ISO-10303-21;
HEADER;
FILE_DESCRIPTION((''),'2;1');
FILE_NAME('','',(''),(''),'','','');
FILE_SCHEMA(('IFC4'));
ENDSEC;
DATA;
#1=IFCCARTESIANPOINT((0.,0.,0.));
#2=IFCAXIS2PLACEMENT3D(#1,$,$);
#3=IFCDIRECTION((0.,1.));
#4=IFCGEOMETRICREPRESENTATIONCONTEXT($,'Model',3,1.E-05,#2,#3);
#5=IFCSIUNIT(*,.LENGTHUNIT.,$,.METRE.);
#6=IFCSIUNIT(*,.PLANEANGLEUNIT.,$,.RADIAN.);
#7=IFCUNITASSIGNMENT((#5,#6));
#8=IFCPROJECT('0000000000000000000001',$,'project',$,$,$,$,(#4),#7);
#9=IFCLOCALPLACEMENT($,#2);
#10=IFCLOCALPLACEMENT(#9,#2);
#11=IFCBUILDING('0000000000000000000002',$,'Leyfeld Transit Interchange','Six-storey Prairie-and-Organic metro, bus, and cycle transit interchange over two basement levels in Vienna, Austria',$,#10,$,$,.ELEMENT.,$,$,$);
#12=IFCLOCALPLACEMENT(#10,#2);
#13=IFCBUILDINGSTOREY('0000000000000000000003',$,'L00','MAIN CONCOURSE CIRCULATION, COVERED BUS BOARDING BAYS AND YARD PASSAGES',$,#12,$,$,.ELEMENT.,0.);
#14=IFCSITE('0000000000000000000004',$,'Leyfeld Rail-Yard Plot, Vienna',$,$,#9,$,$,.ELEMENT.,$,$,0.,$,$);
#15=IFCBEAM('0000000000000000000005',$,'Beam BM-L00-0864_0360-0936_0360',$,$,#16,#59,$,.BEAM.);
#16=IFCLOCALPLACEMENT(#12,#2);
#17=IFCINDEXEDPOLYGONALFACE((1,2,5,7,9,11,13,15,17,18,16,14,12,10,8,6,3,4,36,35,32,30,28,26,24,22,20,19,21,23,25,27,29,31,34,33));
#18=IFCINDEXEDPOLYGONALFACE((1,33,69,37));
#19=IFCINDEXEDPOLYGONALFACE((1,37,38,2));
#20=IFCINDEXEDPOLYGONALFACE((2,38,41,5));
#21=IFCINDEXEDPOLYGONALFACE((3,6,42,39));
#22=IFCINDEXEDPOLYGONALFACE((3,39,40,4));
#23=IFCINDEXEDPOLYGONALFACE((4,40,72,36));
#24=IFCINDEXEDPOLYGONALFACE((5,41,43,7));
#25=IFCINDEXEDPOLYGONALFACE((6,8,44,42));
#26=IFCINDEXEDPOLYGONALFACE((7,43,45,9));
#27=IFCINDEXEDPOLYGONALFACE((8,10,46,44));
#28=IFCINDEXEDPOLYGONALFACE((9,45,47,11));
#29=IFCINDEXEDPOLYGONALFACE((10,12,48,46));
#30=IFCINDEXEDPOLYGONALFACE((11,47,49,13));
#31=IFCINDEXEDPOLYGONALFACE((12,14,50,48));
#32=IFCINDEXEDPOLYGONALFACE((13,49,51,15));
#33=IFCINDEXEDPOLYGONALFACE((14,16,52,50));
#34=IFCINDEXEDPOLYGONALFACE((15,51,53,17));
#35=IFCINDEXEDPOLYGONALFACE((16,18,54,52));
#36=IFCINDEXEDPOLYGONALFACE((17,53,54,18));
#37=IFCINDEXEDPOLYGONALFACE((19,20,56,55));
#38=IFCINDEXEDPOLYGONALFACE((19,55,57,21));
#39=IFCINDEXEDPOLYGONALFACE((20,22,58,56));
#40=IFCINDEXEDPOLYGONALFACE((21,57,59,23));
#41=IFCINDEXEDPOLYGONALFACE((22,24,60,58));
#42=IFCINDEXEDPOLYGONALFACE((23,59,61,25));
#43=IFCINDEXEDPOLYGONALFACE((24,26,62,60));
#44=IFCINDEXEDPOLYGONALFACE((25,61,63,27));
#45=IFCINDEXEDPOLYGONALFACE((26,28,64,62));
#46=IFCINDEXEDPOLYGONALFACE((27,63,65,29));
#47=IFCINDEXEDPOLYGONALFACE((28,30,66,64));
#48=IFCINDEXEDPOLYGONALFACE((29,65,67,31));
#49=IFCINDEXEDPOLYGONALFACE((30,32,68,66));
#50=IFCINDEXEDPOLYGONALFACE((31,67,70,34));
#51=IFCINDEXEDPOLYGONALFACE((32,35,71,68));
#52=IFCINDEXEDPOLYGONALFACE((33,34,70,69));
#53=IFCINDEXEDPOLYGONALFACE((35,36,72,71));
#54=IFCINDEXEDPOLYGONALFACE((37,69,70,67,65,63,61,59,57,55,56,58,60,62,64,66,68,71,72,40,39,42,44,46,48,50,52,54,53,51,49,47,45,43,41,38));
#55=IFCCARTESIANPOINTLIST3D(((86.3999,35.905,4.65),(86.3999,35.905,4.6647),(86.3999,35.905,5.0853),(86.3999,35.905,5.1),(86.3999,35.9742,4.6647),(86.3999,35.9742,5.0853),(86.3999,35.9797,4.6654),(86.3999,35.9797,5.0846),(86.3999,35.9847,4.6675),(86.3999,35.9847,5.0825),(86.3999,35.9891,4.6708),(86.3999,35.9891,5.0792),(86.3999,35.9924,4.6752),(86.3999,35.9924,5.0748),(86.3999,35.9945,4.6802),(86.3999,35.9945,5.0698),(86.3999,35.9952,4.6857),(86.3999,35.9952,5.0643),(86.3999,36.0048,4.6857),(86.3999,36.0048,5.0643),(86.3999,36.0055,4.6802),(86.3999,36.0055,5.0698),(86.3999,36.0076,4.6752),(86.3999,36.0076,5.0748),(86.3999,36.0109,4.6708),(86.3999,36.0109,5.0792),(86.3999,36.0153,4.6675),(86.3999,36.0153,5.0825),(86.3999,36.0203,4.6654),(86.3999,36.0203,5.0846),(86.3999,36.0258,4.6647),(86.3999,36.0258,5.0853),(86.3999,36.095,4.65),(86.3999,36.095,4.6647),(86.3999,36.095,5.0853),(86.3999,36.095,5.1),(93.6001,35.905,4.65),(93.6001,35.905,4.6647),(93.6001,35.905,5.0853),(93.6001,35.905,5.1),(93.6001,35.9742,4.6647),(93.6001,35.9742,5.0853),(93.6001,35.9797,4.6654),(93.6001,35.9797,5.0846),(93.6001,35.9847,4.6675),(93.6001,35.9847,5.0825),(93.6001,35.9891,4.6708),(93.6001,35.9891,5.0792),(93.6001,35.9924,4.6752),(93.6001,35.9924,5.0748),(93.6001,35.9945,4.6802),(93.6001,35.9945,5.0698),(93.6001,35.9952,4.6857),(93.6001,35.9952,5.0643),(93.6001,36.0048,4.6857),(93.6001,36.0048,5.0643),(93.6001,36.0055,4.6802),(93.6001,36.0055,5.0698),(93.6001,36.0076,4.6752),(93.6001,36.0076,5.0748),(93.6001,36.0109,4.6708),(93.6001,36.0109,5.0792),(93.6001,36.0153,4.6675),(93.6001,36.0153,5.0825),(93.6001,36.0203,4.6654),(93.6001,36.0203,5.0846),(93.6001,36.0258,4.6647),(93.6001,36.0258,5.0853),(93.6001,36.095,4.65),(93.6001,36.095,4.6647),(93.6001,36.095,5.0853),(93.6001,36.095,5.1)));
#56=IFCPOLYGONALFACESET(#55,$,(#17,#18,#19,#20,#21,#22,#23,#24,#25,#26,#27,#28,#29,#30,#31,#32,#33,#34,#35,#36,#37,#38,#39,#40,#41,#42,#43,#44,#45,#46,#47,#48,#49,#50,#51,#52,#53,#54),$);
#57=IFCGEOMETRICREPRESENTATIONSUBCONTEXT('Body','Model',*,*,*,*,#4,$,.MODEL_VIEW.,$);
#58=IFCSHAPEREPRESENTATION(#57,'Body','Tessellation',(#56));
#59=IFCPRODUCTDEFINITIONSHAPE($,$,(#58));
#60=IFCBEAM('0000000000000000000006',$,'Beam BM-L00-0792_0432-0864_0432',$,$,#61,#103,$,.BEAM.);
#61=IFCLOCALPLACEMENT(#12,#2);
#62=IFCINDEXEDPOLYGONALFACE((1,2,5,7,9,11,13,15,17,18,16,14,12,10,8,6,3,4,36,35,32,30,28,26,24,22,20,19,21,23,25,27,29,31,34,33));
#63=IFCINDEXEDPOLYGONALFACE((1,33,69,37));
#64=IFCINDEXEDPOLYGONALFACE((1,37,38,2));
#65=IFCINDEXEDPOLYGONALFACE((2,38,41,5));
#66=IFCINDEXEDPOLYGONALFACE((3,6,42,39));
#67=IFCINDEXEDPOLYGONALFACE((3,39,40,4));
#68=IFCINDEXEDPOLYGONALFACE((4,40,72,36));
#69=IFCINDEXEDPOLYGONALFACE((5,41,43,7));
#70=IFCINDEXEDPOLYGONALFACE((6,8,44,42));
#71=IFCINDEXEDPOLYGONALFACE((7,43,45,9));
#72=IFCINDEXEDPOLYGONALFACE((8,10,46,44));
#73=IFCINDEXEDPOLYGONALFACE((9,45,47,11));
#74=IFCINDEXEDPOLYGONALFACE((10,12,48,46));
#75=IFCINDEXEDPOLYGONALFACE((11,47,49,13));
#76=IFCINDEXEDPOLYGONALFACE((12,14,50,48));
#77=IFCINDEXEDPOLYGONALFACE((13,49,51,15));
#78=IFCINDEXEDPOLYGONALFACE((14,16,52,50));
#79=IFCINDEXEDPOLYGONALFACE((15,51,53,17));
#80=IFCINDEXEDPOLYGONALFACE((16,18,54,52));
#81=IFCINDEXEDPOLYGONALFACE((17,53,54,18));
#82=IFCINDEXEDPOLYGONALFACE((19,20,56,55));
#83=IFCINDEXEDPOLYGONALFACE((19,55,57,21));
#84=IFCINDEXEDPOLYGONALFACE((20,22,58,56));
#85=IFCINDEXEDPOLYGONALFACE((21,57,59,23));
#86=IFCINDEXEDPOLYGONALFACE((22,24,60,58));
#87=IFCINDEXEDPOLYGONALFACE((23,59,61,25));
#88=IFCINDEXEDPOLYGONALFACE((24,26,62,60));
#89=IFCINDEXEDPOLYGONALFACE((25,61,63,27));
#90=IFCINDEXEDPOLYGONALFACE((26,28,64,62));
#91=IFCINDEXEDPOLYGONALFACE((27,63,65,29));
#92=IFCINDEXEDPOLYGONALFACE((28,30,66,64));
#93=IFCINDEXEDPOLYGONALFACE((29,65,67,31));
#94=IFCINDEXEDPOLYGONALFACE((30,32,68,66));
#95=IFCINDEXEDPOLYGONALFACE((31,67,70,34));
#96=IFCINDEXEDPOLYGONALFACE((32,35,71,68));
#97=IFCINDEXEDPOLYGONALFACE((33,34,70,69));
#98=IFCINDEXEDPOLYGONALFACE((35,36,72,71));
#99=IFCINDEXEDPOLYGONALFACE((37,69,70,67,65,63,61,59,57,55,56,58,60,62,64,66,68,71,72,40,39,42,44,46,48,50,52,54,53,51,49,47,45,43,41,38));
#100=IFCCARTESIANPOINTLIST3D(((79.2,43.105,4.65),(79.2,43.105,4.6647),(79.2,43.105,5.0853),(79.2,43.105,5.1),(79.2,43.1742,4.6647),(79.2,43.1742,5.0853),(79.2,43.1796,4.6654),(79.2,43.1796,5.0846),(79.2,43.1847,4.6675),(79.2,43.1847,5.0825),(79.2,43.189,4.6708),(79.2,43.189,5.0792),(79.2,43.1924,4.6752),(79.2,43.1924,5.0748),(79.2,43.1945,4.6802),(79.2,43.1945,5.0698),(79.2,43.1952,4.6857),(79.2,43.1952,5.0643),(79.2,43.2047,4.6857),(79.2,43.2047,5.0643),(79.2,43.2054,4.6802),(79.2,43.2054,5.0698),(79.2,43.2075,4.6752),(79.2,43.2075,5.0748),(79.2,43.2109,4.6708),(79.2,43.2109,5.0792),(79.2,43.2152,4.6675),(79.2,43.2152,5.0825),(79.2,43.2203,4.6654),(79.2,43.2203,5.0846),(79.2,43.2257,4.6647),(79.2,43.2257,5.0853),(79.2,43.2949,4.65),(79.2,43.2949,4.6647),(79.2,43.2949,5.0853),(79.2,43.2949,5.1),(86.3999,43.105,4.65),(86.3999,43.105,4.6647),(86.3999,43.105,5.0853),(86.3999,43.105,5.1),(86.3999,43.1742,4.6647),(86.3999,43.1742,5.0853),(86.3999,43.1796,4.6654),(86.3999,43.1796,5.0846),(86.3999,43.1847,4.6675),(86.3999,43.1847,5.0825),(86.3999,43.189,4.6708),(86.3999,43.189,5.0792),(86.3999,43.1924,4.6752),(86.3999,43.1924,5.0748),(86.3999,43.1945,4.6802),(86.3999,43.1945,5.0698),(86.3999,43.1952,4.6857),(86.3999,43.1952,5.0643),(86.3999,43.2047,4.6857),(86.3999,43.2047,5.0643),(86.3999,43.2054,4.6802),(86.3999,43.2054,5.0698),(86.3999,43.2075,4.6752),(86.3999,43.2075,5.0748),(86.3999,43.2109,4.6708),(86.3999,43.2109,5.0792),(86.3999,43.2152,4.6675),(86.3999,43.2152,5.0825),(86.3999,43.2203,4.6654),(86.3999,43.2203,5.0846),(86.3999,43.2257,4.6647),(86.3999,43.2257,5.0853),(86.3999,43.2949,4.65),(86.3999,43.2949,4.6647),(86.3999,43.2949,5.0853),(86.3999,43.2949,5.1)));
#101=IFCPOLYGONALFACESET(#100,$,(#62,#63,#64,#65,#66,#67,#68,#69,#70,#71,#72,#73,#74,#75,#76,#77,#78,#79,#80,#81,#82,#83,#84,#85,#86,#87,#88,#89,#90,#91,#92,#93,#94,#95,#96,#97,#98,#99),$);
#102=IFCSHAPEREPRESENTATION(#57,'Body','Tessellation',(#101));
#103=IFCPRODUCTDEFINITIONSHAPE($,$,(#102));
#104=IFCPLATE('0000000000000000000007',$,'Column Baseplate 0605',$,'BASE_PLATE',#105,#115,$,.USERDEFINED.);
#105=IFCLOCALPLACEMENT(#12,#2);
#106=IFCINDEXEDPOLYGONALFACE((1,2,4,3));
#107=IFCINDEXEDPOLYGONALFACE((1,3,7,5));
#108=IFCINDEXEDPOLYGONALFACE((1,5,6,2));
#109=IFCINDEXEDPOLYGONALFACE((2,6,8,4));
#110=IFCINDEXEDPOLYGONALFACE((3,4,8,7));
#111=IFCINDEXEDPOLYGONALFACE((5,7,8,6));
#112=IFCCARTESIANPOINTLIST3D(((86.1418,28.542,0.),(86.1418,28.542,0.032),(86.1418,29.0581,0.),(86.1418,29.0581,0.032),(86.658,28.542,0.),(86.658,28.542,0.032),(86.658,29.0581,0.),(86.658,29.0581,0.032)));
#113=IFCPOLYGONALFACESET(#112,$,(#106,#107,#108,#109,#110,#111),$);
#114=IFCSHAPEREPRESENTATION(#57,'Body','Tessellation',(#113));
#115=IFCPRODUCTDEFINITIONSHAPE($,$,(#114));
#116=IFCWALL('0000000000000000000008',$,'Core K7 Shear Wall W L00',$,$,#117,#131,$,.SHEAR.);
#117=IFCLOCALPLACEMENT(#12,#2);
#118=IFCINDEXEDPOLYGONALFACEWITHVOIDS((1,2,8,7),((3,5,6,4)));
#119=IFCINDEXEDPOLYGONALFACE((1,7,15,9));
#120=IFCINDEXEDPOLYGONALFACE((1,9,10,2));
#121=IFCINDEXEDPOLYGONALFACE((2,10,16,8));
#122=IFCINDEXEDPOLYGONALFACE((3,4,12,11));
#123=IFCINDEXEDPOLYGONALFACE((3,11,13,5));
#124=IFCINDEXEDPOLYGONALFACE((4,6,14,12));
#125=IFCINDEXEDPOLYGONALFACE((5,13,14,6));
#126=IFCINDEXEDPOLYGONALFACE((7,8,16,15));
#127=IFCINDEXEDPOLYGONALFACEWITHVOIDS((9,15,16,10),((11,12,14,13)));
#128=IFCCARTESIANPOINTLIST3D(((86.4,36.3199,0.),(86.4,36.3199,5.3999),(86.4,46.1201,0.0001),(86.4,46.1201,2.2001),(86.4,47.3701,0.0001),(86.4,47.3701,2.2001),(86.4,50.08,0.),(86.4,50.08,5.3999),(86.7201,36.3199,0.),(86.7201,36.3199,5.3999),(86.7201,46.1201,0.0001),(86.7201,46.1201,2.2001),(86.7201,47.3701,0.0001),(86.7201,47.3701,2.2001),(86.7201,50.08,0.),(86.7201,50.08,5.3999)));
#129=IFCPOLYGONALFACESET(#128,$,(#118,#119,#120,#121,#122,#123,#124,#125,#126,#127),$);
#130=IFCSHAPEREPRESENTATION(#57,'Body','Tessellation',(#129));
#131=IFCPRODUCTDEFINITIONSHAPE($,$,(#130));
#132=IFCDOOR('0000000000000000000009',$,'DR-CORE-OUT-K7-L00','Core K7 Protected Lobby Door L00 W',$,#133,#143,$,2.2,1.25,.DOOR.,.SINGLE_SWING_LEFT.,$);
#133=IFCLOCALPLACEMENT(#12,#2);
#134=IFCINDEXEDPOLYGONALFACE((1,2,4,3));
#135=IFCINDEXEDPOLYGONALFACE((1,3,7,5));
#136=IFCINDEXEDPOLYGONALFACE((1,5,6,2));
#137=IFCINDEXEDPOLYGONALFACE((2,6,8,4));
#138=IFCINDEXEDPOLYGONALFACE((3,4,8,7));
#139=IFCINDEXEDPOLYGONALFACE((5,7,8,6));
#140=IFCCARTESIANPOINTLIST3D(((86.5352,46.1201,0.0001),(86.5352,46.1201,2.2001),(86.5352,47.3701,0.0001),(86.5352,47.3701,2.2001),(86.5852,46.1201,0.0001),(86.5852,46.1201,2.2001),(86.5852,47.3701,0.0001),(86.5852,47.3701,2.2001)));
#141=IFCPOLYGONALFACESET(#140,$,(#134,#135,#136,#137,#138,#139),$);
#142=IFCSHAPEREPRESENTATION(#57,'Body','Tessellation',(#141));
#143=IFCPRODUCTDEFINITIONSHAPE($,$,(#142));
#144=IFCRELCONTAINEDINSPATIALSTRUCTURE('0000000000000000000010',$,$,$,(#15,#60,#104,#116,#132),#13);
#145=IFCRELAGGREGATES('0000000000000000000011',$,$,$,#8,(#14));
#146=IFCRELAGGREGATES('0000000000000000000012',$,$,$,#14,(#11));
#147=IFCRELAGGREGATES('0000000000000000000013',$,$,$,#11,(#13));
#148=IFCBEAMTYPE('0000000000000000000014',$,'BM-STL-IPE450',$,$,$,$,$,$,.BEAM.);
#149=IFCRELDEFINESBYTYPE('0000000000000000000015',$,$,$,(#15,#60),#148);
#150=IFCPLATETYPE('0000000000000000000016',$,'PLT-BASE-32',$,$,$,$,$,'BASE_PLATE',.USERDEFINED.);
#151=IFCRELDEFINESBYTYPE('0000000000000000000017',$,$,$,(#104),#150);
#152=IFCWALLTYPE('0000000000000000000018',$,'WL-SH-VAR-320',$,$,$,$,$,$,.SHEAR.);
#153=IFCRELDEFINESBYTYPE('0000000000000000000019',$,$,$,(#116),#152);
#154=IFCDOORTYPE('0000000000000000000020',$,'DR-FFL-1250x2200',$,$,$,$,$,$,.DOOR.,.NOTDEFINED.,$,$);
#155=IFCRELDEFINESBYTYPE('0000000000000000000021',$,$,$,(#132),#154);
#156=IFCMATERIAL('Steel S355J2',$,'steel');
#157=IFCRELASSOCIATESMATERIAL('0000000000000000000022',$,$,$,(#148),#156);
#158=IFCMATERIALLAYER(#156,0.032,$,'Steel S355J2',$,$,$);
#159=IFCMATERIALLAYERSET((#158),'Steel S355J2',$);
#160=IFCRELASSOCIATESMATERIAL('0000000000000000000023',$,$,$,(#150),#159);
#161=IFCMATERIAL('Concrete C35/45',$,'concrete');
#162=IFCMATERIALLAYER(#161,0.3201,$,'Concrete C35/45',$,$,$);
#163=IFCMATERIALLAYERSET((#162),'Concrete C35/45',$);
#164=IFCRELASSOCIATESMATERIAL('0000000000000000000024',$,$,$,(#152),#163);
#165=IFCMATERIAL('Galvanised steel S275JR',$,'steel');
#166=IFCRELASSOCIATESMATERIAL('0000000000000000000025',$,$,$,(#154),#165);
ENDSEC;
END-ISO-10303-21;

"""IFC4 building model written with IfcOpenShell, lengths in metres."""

from ifc_helpers import new_model, si_unit, direction, frame, frame_2d, origin, origin_2d, place, context, subcontext, project, spatial, rectangle, i_section, extrude, material, layer, layer_set, material_profile, profile_set, type_object, element, fill, save


model = new_model("IFC4")

# Units and contexts
model_context = context("Model", 3, precision=1e-05, world=origin(), true_north=direction((0.0, 1.0)))
body_context = subcontext(model_context, "Body", "Model", "MODEL_VIEW")
ifc_project = project(units=[si_unit("LENGTHUNIT", "METRE"), si_unit("PLANEANGLEUNIT", "RADIAN")], contexts=[model_context])

# Site, building, storey
site_placement = place(None, origin())
site = spatial("IfcSite", under=ifc_project, at=site_placement, Name="Leyfeld Rail-Yard Plot, Vienna", CompositionType="ELEMENT", RefElevation=0.0)
building_placement = place(site_placement, origin())
building = spatial("IfcBuilding", under=site, at=building_placement, Name="Leyfeld Transit Interchange", Description="Six-storey Prairie-and-Organic metro, bus, and cycle transit interchange over two basement levels in Vienna, Austria", CompositionType="ELEMENT")
storey_placement = place(building_placement, origin())
storey = spatial("IfcBuildingStorey", under=building, at=storey_placement, Name="L00", Description="MAIN CONCOURSE CIRCULATION, COVERED BUS BOARDING BAYS AND YARD PASSAGES", CompositionType="ELEMENT", Elevation=0.0)

# Shared definitions
ifc_material_1 = material(Name="Steel S355J2", Category="steel")

# Beams
ifc_material_2 = material(Name="Concrete C35/45", Category="concrete")
ifc_material_profile_1 = material_profile(ifc_material_1, i_section(OverallWidth=0.1899, OverallDepth=0.45, WebThickness=0.0095, FlangeThickness=0.0146, FilletRadius=0.021, at=origin_2d()), Name="IPE 450")
ifc_profile_set_1 = profile_set([ifc_material_profile_1], Name="Steel S355J2")
beam_type_1 = type_object("IfcBeamType", Name="BM-STL-IPE450", PredefinedType="BEAM", material=ifc_profile_set_1)
for number, where, z_axis, x_axis, name in (
    (1, (86.3999, 36.0, 4.875), (1.0, 0.0, 0.0), (0.0, 1.0, 0.0), "Beam BM-L00-0864_0360-0936_0360"),
):
    element("IfcBeam", number, at=place(storey_placement, frame(where, z_axis=z_axis, x_axis=x_axis)), inside=storey, type_object=beam_type_1, Name=name, PredefinedType="BEAM", context=body_context, shape_type="SweptSolid", body=[
        extrude(i_section(OverallWidth=0.1899, OverallDepth=0.45, WebThickness=0.0095, FlangeThickness=0.0146, FilletRadius=0.021, at=origin_2d()), origin(), (0.0, 0.0, 1.0), 7.2002),
    ])
beam_1_placement = place(storey_placement, frame((79.2, 43.2, 4.875), z_axis=(1.0, 0.0, 0.0), x_axis=(0.0, 1.0, 0.0)))
element("IfcBeam", 2, at=beam_1_placement, inside=storey, type_object=beam_type_1, Name="Beam BM-L00-0792_0432-0864_0432", PredefinedType="BEAM", context=body_context, shape_type="SweptSolid", body=[
    extrude(i_section(OverallWidth=0.1899, OverallDepth=0.45, WebThickness=0.0095, FlangeThickness=0.0146, FilletRadius=0.021, at=origin_2d()), origin(), (0.0, 0.0, 1.0), 7.2),
])

# Plate
ifc_layer_1 = layer(ifc_material_1, 0.032, Name="Steel S355J2")
ifc_layer_set_1 = layer_set([ifc_layer_1], Name="Steel S355J2")
plate_type = type_object("IfcPlateType", Name="PLT-BASE-32", ElementType="BASE_PLATE", PredefinedType="USERDEFINED", material=ifc_layer_set_1)
plate_placement = place(storey_placement, frame((86.3999, 28.8, 0.0), z_axis=(0.0, 0.0, 1.0), x_axis=(1.0, 0.0, 0.0)))
element("IfcPlate", 3, at=plate_placement, inside=storey, type_object=plate_type, Name="Column Baseplate 0605", ObjectType="BASE_PLATE", PredefinedType="USERDEFINED", context=body_context, shape_type="SweptSolid", body=[
    extrude(rectangle(XDim=0.5161, YDim=0.5161, at=origin_2d()), origin(), (0.0, 0.0, 1.0), 0.032),
])

# Wall, opening, door
ifc_layer_2 = layer(ifc_material_2, 0.3201, Name="Concrete C35/45")
ifc_layer_set_2 = layer_set([ifc_layer_2], Name="Concrete C35/45")
wall_type = type_object("IfcWallType", Name="WL-SH-VAR-320", PredefinedType="SHEAR", material=ifc_layer_set_2)
wall_placement = place(storey_placement, frame((86.5601, 36.3201, 0.0), z_axis=(0.0, 0.0, 1.0), x_axis=(0.0, 1.0, 0.0)))
wall = element("IfcWall", 4, at=wall_placement, inside=storey, type_object=wall_type, Name="Core K7 Shear Wall W L00", PredefinedType="SHEAR", context=body_context, shape_type="SweptSolid", body=[
    extrude(rectangle(XDim=13.76, YDim=0.3201, at=frame_2d((6.8799, 0.0))), origin(), (0.0, 0.0, 1.0), 5.3999),
])
opening_placement = place(wall_placement, frame((9.8, 0.0, 0.0)))
opening = element("IfcOpeningElement", 5, at=opening_placement, cuts=wall, PredefinedType="OPENING", context=body_context, shape_type="SweptSolid", body=[
    extrude(rectangle(XDim=1.25, YDim=2.2, at=frame_2d((0.625, 1.1001))), frame((0.0, 0.1699, 0.0), z_axis=(0.0, -1.0, 0.0), x_axis=(1.0, 0.0, 0.0)), (0.0, 0.0, 1.0), 0.3401),
])
ifc_material_3 = material(Name="Galvanised steel S275JR", Category="steel")
door_type = type_object("IfcDoorType", Name="DR-FFL-1250x2200", OperationType="NOTDEFINED", PredefinedType="DOOR", material=ifc_material_3)
door_placement = place(opening_placement, origin())
door = element("IfcDoor", 6, at=door_placement, inside=storey, type_object=door_type, Name="DR-CORE-OUT-K7-L00", Description="Core K7 Protected Lobby Door L00 W", OperationType="SINGLE_SWING_LEFT", OverallHeight=2.2, OverallWidth=1.25, PredefinedType="DOOR", context=body_context, shape_type="SweptSolid", body=[
    extrude(rectangle(XDim=1.25, YDim=2.2, at=frame_2d((0.625, 1.1001))), frame((0.0, 0.0249, 0.0), z_axis=(0.0, -1.0, 0.0), x_axis=(1.0, 0.0, 0.0)), (0.0, 0.0, 1.0), 0.05),
])
fill(opening, door)

save(model, "model.ifc")
